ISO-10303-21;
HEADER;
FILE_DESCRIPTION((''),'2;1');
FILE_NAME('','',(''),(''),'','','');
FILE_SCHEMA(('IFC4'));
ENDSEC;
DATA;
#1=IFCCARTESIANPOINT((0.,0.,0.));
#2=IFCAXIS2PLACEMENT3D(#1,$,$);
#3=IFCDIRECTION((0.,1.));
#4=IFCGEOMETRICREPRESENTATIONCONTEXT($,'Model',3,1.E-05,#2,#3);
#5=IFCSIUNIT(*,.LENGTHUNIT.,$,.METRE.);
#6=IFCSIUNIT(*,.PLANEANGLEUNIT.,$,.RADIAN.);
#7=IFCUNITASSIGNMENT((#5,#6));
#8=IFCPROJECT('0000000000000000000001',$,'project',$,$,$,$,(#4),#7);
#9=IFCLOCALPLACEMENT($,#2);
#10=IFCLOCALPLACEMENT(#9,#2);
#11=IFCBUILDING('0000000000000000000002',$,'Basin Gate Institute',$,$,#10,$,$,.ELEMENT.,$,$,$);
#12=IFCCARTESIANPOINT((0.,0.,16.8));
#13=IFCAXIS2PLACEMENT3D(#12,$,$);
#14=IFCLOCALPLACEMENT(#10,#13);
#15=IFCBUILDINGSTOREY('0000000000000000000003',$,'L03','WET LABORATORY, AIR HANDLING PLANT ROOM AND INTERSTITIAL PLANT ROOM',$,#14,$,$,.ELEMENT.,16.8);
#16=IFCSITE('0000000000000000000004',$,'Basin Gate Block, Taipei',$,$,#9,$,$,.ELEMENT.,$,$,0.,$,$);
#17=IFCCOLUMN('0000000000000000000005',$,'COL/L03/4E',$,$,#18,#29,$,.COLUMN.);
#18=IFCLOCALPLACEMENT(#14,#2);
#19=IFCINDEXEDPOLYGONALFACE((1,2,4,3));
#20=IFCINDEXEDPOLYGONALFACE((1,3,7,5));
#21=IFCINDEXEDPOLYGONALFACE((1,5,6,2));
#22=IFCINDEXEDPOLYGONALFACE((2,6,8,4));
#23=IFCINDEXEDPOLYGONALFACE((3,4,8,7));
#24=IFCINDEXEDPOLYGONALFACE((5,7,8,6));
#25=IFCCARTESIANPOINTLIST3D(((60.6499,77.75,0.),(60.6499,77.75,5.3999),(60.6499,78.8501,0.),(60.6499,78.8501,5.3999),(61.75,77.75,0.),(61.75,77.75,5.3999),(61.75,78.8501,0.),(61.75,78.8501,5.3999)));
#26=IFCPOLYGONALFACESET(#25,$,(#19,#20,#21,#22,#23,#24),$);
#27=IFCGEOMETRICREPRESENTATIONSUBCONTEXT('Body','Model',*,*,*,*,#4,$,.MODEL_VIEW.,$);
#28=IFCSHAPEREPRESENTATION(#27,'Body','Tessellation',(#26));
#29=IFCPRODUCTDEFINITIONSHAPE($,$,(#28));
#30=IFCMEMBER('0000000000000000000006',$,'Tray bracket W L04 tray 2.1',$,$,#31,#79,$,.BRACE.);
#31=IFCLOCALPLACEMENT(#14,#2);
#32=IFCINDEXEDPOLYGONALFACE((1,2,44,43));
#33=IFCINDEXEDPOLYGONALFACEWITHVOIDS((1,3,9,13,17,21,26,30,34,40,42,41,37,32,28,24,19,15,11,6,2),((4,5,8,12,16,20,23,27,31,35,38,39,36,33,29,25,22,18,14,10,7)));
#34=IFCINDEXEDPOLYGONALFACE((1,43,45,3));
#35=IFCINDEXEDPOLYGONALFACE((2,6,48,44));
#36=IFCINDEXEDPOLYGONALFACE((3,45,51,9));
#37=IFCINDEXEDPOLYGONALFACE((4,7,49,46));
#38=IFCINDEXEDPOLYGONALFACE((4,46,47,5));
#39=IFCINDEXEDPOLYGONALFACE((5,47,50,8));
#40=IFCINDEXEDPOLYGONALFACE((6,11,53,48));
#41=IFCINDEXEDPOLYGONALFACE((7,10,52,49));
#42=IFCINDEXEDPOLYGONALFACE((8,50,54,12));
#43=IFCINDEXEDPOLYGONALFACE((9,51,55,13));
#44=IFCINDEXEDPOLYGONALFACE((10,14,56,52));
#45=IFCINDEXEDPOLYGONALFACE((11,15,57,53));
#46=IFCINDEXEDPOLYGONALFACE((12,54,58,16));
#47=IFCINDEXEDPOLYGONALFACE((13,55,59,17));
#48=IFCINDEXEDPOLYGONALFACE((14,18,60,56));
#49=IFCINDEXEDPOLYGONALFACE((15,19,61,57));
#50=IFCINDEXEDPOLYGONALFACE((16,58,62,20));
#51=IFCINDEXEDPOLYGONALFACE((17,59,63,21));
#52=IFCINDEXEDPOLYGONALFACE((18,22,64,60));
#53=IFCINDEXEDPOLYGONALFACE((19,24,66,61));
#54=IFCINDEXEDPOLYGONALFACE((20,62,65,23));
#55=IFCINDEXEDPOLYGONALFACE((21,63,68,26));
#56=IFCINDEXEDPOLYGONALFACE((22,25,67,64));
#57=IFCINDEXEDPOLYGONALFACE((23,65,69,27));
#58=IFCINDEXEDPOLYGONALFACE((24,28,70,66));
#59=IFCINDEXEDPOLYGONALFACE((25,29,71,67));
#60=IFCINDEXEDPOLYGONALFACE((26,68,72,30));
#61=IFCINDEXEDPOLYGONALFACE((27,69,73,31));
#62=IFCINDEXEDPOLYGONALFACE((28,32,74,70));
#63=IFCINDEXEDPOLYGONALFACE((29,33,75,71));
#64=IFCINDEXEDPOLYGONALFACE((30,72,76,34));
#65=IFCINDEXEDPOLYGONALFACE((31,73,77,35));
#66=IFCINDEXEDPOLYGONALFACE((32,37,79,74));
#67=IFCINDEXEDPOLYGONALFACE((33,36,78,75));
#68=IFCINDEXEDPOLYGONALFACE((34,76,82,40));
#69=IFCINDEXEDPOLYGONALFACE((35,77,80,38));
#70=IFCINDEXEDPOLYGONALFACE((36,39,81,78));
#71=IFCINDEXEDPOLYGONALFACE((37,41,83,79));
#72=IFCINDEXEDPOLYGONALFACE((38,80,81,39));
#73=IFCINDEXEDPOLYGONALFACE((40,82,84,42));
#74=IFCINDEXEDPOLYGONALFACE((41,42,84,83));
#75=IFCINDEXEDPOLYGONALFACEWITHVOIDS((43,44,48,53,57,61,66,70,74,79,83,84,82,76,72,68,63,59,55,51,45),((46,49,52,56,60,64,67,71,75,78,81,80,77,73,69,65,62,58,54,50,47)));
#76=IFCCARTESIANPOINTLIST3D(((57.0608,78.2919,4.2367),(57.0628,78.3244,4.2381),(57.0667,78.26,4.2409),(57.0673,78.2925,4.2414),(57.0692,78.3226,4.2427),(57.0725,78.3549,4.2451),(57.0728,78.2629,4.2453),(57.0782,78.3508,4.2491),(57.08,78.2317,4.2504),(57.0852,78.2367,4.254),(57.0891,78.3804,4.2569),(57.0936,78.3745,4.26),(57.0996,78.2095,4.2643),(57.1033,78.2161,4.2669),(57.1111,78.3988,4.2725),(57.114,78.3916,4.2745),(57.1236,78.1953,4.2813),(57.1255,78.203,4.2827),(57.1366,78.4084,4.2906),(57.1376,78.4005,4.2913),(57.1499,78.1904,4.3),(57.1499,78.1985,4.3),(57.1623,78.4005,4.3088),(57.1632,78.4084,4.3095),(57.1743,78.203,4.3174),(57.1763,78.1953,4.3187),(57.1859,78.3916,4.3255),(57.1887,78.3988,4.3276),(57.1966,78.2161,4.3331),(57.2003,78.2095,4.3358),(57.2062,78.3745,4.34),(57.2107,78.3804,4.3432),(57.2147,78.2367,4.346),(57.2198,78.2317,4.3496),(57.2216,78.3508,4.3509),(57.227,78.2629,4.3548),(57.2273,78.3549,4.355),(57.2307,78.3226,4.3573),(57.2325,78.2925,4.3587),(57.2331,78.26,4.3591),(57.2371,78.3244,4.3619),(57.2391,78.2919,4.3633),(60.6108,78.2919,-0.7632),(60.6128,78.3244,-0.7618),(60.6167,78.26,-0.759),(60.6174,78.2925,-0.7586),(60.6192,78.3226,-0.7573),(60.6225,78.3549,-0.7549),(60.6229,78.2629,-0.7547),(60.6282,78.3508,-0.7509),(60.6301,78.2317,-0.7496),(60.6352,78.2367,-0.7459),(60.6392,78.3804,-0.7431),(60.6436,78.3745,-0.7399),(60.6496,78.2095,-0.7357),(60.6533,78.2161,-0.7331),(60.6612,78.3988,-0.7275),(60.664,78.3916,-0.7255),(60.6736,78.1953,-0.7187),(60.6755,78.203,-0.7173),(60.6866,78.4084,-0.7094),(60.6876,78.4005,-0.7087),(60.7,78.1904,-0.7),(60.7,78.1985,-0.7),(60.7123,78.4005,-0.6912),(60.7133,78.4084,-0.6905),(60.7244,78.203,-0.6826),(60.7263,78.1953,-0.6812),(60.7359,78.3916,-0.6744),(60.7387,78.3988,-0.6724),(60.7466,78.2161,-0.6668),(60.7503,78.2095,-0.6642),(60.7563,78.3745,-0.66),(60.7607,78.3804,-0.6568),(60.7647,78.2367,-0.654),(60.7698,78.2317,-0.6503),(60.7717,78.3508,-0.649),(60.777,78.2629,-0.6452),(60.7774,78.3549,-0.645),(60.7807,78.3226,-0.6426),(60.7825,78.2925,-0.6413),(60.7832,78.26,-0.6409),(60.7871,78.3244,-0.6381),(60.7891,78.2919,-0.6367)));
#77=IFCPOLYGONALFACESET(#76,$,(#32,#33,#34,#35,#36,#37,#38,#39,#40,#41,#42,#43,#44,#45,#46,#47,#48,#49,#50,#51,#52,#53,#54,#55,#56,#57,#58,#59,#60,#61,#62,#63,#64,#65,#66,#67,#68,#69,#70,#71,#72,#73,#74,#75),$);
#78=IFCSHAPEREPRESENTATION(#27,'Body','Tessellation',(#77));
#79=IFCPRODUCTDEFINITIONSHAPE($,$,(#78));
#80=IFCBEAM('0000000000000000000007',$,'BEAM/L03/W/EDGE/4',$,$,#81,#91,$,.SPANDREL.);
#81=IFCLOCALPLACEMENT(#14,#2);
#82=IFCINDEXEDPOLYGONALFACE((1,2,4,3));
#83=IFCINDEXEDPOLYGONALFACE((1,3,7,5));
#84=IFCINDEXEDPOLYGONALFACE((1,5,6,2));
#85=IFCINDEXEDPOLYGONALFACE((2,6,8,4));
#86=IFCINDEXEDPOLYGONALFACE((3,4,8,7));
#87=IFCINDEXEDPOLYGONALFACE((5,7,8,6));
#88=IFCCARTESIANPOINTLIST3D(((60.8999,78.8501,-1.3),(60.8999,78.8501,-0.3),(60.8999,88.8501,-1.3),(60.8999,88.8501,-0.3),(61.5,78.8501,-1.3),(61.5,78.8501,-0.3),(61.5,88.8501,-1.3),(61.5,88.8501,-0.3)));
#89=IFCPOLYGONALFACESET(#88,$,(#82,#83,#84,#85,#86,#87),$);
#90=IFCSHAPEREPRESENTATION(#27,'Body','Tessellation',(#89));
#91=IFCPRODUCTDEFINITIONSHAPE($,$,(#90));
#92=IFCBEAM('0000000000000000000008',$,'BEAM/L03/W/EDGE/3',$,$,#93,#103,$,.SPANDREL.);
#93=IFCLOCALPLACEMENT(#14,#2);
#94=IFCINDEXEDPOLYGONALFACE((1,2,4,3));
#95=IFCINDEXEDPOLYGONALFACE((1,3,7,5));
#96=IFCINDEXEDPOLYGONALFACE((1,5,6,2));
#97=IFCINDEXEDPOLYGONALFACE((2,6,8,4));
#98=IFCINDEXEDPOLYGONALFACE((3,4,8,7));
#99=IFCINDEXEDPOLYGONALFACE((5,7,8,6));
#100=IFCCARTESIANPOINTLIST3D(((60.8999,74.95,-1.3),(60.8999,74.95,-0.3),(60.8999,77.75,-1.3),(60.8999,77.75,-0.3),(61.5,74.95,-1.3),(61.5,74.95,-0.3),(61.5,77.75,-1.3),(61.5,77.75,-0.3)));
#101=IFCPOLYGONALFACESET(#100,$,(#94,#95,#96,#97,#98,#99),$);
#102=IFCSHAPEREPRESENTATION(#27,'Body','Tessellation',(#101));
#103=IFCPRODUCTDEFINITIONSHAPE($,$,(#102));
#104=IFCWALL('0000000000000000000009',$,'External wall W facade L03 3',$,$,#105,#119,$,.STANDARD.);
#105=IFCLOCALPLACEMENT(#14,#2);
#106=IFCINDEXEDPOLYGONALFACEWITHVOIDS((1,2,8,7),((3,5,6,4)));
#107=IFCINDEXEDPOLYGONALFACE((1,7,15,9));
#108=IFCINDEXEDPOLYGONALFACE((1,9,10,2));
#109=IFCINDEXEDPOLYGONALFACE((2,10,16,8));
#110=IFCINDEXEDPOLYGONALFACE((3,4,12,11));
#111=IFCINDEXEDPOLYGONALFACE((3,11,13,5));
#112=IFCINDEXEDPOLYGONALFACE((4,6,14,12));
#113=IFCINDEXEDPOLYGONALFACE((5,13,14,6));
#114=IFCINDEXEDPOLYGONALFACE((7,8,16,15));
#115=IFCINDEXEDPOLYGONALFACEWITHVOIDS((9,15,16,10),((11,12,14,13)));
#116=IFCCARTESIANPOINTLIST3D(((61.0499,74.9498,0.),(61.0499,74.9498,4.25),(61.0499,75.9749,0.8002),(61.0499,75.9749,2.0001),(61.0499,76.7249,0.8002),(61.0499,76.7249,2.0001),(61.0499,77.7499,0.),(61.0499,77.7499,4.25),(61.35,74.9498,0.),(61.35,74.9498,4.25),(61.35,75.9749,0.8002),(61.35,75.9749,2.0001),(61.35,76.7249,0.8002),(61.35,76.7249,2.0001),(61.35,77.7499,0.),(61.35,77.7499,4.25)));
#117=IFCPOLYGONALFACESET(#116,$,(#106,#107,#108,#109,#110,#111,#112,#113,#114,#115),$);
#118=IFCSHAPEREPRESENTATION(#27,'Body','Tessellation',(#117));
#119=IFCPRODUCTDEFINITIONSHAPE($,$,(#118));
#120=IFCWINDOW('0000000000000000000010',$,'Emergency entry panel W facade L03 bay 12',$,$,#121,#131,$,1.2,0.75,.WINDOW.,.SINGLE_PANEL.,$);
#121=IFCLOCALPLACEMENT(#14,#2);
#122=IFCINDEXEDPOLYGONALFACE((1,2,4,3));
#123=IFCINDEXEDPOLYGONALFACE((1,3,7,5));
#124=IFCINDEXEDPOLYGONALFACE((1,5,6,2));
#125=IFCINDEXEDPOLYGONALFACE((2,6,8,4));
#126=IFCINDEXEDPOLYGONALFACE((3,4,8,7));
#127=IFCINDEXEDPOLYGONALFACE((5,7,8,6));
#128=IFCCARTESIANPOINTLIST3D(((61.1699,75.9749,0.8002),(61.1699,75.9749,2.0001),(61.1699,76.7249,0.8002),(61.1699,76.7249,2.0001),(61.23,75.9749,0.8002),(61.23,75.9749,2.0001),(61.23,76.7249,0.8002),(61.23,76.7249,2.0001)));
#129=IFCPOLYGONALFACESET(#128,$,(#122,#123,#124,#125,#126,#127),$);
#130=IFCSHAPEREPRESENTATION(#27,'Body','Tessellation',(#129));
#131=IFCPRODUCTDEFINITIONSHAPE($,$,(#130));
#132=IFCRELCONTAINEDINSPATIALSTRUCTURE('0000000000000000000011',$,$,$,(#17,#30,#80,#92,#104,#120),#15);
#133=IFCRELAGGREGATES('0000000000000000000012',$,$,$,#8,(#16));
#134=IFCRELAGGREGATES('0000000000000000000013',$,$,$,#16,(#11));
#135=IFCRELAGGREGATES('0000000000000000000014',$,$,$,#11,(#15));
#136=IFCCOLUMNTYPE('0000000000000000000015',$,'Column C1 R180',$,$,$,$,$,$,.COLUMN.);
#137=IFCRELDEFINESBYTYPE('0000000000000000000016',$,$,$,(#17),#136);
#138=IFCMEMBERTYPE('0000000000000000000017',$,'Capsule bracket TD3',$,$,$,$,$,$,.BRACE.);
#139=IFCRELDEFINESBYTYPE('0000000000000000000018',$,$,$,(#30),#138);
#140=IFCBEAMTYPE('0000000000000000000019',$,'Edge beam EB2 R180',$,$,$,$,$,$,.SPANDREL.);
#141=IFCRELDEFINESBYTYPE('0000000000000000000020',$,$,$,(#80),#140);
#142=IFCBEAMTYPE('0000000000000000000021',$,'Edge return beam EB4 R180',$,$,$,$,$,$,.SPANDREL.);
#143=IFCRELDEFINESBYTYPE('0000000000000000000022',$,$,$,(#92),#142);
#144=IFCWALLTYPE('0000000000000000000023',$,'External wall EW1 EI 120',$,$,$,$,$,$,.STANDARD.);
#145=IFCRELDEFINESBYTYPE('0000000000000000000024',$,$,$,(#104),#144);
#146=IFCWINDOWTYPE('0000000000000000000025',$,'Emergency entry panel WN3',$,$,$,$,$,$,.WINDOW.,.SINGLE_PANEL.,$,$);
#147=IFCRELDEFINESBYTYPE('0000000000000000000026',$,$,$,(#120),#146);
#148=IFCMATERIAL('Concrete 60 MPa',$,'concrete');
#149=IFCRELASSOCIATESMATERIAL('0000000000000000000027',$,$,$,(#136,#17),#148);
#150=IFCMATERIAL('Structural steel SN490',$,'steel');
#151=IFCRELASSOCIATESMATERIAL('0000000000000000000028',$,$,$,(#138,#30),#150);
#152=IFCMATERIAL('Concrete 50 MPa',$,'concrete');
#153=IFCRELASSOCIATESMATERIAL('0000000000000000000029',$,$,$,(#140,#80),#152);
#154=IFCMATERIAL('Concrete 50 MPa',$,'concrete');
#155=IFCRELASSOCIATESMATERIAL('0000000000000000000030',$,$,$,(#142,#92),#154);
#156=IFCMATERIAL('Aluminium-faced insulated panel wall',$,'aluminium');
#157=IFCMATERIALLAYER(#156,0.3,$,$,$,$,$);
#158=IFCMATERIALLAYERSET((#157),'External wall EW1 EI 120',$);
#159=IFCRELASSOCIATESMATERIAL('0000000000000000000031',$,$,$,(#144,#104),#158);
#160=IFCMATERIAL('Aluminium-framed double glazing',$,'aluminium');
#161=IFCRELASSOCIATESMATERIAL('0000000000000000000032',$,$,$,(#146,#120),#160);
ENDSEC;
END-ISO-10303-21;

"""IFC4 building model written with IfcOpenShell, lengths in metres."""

from ifc_helpers import new_model, si_unit, direction, frame, frame_2d, origin, origin_2d, place, context, subcontext, project, spatial, rectangle, hollow_circle, extrude, material, layer, layer_set, material_profile, profile_set, type_object, element, fill, save


model = new_model("IFC4")

# Units and contexts
model_context = context("Model", 3, precision=1e-05, world=origin(), true_north=direction((0.0, 1.0)))
body_context = subcontext(model_context, "Body", "Model", "MODEL_VIEW")
ifc_project = project(units=[si_unit("LENGTHUNIT", "METRE"), si_unit("PLANEANGLEUNIT", "RADIAN")], contexts=[model_context])

# Site, building, storey
site_placement = place(None, origin())
site = spatial("IfcSite", under=ifc_project, at=site_placement, Name="Basin Gate Block, Taipei", CompositionType="ELEMENT", RefElevation=0.0)
building_placement = place(site_placement, origin())
building = spatial("IfcBuilding", under=site, at=building_placement, Name="Basin Gate Institute", CompositionType="ELEMENT")
storey_placement = place(building_placement, frame((0.0, 0.0, 16.8)))
storey = spatial("IfcBuildingStorey", under=building, at=storey_placement, Name="L03", Description="WET LABORATORY, AIR HANDLING PLANT ROOM AND INTERSTITIAL PLANT ROOM", CompositionType="ELEMENT", Elevation=16.8)

# Column
ifc_material_1 = material(Name="Concrete 60 MPa", Category="concrete")
ifc_material_profile_1 = material_profile(ifc_material_1, rectangle(XDim=1.1001, YDim=1.1001, at=origin_2d()), Name="Column C1 1100 x 1100")
ifc_profile_set_1 = profile_set([ifc_material_profile_1], Name="Concrete 60 MPa")
column_type = type_object("IfcColumnType", Name="Column C1 R180", PredefinedType="COLUMN", material=ifc_profile_set_1)
column_placement = place(storey_placement, frame((61.2, 78.3, 0.0), z_axis=(0.0, 0.0, 1.0), x_axis=(1.0, 0.0, 0.0)))
element("IfcColumn", 1, at=column_placement, inside=storey, type_object=column_type, material=ifc_profile_set_1, Name="COL/L03/4E", PredefinedType="COLUMN", context=body_context, shape_type="SweptSolid", body=[
    extrude(rectangle(XDim=1.1001, YDim=1.1001, at=origin_2d()), origin(), (0.0, 0.0, 1.0), 5.3999),
])

# Member
ifc_material_2 = material(Name="Structural steel SN490", Category="steel")
ifc_material_profile_2 = material_profile(ifc_material_2, hollow_circle(Radius=0.1096, WallThickness=0.0081, at=origin_2d()), Name="CHS219x8")
ifc_profile_set_2 = profile_set([ifc_material_profile_2], Name="Structural steel SN490")
member_type = type_object("IfcMemberType", Name="Capsule bracket TD3", PredefinedType="BRACE", material=ifc_profile_set_2)
member_placement = place(storey_placement, frame((60.7, 78.3, -0.7), z_axis=(-0.578927, 0.0, 0.815379), x_axis=(0.0, -1.0, 0.0)))
element("IfcMember", 2, at=member_placement, inside=storey, type_object=member_type, material=ifc_profile_set_2, Name="Tray bracket W L04 tray 2.1", PredefinedType="BRACE", context=body_context, shape_type="SweptSolid", body=[
    extrude(hollow_circle(Radius=0.1096, WallThickness=0.0081, at=origin_2d()), origin(), (0.0, 0.0, 1.0), 6.1321),
])

# Beams
ifc_material_3 = material(Name="Concrete 50 MPa", Category="concrete")
ifc_material_profile_3 = material_profile(ifc_material_3, rectangle(XDim=0.6001, YDim=1.0, at=origin_2d()), Name="Edge beam EB2 600 x 1000")
ifc_profile_set_3 = profile_set([ifc_material_profile_3], Name="Concrete 50 MPa")
beam_type_1 = type_object("IfcBeamType", Name="Edge beam EB2 R180", PredefinedType="SPANDREL", material=ifc_profile_set_3)
beam_1_placement = place(storey_placement, frame((61.2, 78.8501, -0.8), z_axis=(0.0, 1.0, 0.0), x_axis=(-1.0, 0.0, 0.0)))
element("IfcBeam", 3, at=beam_1_placement, inside=storey, type_object=beam_type_1, material=ifc_profile_set_3, Name="BEAM/L03/W/EDGE/4", PredefinedType="SPANDREL", context=body_context, shape_type="SweptSolid", body=[
    extrude(rectangle(XDim=0.6001, YDim=1.0, at=origin_2d()), origin(), (0.0, 0.0, 1.0), 10.0),
])
ifc_material_4 = material(Name="Concrete 50 MPa", Category="concrete")
ifc_material_profile_4 = material_profile(ifc_material_4, rectangle(XDim=0.6001, YDim=1.0, at=origin_2d()), Name="Edge return beam EB4 600 x 1000")
ifc_profile_set_4 = profile_set([ifc_material_profile_4], Name="Concrete 50 MPa")
beam_type_2 = type_object("IfcBeamType", Name="Edge return beam EB4 R180", PredefinedType="SPANDREL", material=ifc_profile_set_4)
beam_2_placement = place(storey_placement, frame((61.2, 74.95, -0.8), z_axis=(0.0, 1.0, 0.0), x_axis=(-1.0, 0.0, 0.0)))
element("IfcBeam", 4, at=beam_2_placement, inside=storey, type_object=beam_type_2, material=ifc_profile_set_4, Name="BEAM/L03/W/EDGE/3", PredefinedType="SPANDREL", context=body_context, shape_type="SweptSolid", body=[
    extrude(rectangle(XDim=0.6001, YDim=1.0, at=origin_2d()), origin(), (0.0, 0.0, 1.0), 2.8),
])

# Wall, opening, window
ifc_material_5 = material(Name="Aluminium-faced insulated panel wall", Category="aluminium")
ifc_layer_1 = layer(ifc_material_5, 0.3)
ifc_layer_set_1 = layer_set([ifc_layer_1], Name="External wall EW1 EI 120")
wall_type_1 = type_object("IfcWallType", Name="External wall EW1 EI 120", PredefinedType="STANDARD", material=ifc_layer_set_1)
wall_1_placement = place(storey_placement, frame((61.2, 74.95, 0.0), z_axis=(0.0, 0.0, 1.0), x_axis=(0.0, 1.0, 0.0)))
wall_1 = element("IfcWall", 5, at=wall_1_placement, inside=storey, type_object=wall_type_1, material=ifc_layer_set_1, Name="External wall W facade L03 3", PredefinedType="STANDARD", context=body_context, shape_type="SweptSolid", body=[
    extrude(rectangle(XDim=2.8, YDim=0.3, at=frame_2d((1.3999, 0.0))), origin(), (0.0, 0.0, 1.0), 4.25),
])
opening_1_placement = place(wall_1_placement, frame((1.0249, 0.0, 0.8)))
opening_1 = element("IfcOpeningElement", 6, at=opening_1_placement, cuts=wall_1, PredefinedType="OPENING", context=body_context, shape_type="SweptSolid", body=[
    extrude(rectangle(XDim=0.75, YDim=1.2, at=frame_2d((0.375, 0.6001))), frame((0.0, 0.1602, 0.0), z_axis=(0.0, -1.0, 0.0), x_axis=(1.0, 0.0, 0.0)), (0.0, 0.0, 1.0), 0.3201),
])
ifc_material_6 = material(Name="Aluminium-framed double glazing", Category="aluminium")
window_type_1 = type_object("IfcWindowType", Name="Emergency entry panel WN3", PartitioningType="SINGLE_PANEL", PredefinedType="WINDOW", material=ifc_material_6)
window_1_placement = place(opening_1_placement, origin())
window_1 = element("IfcWindow", 7, at=window_1_placement, inside=storey, type_object=window_type_1, material=ifc_material_6, Name="Emergency entry panel W facade L03 bay 12", OverallHeight=1.2, OverallWidth=0.75, PartitioningType="SINGLE_PANEL", PredefinedType="WINDOW", context=body_context, shape_type="SweptSolid", body=[
    extrude(rectangle(XDim=0.75, YDim=1.2, at=frame_2d((0.375, 0.6001))), frame((0.0, 0.03, 0.0), z_axis=(0.0, -1.0, 0.0), x_axis=(1.0, 0.0, 0.0)), (0.0, 0.0, 1.0), 0.0601),
])
fill(opening_1, window_1)

save(model, "model.ifc")
